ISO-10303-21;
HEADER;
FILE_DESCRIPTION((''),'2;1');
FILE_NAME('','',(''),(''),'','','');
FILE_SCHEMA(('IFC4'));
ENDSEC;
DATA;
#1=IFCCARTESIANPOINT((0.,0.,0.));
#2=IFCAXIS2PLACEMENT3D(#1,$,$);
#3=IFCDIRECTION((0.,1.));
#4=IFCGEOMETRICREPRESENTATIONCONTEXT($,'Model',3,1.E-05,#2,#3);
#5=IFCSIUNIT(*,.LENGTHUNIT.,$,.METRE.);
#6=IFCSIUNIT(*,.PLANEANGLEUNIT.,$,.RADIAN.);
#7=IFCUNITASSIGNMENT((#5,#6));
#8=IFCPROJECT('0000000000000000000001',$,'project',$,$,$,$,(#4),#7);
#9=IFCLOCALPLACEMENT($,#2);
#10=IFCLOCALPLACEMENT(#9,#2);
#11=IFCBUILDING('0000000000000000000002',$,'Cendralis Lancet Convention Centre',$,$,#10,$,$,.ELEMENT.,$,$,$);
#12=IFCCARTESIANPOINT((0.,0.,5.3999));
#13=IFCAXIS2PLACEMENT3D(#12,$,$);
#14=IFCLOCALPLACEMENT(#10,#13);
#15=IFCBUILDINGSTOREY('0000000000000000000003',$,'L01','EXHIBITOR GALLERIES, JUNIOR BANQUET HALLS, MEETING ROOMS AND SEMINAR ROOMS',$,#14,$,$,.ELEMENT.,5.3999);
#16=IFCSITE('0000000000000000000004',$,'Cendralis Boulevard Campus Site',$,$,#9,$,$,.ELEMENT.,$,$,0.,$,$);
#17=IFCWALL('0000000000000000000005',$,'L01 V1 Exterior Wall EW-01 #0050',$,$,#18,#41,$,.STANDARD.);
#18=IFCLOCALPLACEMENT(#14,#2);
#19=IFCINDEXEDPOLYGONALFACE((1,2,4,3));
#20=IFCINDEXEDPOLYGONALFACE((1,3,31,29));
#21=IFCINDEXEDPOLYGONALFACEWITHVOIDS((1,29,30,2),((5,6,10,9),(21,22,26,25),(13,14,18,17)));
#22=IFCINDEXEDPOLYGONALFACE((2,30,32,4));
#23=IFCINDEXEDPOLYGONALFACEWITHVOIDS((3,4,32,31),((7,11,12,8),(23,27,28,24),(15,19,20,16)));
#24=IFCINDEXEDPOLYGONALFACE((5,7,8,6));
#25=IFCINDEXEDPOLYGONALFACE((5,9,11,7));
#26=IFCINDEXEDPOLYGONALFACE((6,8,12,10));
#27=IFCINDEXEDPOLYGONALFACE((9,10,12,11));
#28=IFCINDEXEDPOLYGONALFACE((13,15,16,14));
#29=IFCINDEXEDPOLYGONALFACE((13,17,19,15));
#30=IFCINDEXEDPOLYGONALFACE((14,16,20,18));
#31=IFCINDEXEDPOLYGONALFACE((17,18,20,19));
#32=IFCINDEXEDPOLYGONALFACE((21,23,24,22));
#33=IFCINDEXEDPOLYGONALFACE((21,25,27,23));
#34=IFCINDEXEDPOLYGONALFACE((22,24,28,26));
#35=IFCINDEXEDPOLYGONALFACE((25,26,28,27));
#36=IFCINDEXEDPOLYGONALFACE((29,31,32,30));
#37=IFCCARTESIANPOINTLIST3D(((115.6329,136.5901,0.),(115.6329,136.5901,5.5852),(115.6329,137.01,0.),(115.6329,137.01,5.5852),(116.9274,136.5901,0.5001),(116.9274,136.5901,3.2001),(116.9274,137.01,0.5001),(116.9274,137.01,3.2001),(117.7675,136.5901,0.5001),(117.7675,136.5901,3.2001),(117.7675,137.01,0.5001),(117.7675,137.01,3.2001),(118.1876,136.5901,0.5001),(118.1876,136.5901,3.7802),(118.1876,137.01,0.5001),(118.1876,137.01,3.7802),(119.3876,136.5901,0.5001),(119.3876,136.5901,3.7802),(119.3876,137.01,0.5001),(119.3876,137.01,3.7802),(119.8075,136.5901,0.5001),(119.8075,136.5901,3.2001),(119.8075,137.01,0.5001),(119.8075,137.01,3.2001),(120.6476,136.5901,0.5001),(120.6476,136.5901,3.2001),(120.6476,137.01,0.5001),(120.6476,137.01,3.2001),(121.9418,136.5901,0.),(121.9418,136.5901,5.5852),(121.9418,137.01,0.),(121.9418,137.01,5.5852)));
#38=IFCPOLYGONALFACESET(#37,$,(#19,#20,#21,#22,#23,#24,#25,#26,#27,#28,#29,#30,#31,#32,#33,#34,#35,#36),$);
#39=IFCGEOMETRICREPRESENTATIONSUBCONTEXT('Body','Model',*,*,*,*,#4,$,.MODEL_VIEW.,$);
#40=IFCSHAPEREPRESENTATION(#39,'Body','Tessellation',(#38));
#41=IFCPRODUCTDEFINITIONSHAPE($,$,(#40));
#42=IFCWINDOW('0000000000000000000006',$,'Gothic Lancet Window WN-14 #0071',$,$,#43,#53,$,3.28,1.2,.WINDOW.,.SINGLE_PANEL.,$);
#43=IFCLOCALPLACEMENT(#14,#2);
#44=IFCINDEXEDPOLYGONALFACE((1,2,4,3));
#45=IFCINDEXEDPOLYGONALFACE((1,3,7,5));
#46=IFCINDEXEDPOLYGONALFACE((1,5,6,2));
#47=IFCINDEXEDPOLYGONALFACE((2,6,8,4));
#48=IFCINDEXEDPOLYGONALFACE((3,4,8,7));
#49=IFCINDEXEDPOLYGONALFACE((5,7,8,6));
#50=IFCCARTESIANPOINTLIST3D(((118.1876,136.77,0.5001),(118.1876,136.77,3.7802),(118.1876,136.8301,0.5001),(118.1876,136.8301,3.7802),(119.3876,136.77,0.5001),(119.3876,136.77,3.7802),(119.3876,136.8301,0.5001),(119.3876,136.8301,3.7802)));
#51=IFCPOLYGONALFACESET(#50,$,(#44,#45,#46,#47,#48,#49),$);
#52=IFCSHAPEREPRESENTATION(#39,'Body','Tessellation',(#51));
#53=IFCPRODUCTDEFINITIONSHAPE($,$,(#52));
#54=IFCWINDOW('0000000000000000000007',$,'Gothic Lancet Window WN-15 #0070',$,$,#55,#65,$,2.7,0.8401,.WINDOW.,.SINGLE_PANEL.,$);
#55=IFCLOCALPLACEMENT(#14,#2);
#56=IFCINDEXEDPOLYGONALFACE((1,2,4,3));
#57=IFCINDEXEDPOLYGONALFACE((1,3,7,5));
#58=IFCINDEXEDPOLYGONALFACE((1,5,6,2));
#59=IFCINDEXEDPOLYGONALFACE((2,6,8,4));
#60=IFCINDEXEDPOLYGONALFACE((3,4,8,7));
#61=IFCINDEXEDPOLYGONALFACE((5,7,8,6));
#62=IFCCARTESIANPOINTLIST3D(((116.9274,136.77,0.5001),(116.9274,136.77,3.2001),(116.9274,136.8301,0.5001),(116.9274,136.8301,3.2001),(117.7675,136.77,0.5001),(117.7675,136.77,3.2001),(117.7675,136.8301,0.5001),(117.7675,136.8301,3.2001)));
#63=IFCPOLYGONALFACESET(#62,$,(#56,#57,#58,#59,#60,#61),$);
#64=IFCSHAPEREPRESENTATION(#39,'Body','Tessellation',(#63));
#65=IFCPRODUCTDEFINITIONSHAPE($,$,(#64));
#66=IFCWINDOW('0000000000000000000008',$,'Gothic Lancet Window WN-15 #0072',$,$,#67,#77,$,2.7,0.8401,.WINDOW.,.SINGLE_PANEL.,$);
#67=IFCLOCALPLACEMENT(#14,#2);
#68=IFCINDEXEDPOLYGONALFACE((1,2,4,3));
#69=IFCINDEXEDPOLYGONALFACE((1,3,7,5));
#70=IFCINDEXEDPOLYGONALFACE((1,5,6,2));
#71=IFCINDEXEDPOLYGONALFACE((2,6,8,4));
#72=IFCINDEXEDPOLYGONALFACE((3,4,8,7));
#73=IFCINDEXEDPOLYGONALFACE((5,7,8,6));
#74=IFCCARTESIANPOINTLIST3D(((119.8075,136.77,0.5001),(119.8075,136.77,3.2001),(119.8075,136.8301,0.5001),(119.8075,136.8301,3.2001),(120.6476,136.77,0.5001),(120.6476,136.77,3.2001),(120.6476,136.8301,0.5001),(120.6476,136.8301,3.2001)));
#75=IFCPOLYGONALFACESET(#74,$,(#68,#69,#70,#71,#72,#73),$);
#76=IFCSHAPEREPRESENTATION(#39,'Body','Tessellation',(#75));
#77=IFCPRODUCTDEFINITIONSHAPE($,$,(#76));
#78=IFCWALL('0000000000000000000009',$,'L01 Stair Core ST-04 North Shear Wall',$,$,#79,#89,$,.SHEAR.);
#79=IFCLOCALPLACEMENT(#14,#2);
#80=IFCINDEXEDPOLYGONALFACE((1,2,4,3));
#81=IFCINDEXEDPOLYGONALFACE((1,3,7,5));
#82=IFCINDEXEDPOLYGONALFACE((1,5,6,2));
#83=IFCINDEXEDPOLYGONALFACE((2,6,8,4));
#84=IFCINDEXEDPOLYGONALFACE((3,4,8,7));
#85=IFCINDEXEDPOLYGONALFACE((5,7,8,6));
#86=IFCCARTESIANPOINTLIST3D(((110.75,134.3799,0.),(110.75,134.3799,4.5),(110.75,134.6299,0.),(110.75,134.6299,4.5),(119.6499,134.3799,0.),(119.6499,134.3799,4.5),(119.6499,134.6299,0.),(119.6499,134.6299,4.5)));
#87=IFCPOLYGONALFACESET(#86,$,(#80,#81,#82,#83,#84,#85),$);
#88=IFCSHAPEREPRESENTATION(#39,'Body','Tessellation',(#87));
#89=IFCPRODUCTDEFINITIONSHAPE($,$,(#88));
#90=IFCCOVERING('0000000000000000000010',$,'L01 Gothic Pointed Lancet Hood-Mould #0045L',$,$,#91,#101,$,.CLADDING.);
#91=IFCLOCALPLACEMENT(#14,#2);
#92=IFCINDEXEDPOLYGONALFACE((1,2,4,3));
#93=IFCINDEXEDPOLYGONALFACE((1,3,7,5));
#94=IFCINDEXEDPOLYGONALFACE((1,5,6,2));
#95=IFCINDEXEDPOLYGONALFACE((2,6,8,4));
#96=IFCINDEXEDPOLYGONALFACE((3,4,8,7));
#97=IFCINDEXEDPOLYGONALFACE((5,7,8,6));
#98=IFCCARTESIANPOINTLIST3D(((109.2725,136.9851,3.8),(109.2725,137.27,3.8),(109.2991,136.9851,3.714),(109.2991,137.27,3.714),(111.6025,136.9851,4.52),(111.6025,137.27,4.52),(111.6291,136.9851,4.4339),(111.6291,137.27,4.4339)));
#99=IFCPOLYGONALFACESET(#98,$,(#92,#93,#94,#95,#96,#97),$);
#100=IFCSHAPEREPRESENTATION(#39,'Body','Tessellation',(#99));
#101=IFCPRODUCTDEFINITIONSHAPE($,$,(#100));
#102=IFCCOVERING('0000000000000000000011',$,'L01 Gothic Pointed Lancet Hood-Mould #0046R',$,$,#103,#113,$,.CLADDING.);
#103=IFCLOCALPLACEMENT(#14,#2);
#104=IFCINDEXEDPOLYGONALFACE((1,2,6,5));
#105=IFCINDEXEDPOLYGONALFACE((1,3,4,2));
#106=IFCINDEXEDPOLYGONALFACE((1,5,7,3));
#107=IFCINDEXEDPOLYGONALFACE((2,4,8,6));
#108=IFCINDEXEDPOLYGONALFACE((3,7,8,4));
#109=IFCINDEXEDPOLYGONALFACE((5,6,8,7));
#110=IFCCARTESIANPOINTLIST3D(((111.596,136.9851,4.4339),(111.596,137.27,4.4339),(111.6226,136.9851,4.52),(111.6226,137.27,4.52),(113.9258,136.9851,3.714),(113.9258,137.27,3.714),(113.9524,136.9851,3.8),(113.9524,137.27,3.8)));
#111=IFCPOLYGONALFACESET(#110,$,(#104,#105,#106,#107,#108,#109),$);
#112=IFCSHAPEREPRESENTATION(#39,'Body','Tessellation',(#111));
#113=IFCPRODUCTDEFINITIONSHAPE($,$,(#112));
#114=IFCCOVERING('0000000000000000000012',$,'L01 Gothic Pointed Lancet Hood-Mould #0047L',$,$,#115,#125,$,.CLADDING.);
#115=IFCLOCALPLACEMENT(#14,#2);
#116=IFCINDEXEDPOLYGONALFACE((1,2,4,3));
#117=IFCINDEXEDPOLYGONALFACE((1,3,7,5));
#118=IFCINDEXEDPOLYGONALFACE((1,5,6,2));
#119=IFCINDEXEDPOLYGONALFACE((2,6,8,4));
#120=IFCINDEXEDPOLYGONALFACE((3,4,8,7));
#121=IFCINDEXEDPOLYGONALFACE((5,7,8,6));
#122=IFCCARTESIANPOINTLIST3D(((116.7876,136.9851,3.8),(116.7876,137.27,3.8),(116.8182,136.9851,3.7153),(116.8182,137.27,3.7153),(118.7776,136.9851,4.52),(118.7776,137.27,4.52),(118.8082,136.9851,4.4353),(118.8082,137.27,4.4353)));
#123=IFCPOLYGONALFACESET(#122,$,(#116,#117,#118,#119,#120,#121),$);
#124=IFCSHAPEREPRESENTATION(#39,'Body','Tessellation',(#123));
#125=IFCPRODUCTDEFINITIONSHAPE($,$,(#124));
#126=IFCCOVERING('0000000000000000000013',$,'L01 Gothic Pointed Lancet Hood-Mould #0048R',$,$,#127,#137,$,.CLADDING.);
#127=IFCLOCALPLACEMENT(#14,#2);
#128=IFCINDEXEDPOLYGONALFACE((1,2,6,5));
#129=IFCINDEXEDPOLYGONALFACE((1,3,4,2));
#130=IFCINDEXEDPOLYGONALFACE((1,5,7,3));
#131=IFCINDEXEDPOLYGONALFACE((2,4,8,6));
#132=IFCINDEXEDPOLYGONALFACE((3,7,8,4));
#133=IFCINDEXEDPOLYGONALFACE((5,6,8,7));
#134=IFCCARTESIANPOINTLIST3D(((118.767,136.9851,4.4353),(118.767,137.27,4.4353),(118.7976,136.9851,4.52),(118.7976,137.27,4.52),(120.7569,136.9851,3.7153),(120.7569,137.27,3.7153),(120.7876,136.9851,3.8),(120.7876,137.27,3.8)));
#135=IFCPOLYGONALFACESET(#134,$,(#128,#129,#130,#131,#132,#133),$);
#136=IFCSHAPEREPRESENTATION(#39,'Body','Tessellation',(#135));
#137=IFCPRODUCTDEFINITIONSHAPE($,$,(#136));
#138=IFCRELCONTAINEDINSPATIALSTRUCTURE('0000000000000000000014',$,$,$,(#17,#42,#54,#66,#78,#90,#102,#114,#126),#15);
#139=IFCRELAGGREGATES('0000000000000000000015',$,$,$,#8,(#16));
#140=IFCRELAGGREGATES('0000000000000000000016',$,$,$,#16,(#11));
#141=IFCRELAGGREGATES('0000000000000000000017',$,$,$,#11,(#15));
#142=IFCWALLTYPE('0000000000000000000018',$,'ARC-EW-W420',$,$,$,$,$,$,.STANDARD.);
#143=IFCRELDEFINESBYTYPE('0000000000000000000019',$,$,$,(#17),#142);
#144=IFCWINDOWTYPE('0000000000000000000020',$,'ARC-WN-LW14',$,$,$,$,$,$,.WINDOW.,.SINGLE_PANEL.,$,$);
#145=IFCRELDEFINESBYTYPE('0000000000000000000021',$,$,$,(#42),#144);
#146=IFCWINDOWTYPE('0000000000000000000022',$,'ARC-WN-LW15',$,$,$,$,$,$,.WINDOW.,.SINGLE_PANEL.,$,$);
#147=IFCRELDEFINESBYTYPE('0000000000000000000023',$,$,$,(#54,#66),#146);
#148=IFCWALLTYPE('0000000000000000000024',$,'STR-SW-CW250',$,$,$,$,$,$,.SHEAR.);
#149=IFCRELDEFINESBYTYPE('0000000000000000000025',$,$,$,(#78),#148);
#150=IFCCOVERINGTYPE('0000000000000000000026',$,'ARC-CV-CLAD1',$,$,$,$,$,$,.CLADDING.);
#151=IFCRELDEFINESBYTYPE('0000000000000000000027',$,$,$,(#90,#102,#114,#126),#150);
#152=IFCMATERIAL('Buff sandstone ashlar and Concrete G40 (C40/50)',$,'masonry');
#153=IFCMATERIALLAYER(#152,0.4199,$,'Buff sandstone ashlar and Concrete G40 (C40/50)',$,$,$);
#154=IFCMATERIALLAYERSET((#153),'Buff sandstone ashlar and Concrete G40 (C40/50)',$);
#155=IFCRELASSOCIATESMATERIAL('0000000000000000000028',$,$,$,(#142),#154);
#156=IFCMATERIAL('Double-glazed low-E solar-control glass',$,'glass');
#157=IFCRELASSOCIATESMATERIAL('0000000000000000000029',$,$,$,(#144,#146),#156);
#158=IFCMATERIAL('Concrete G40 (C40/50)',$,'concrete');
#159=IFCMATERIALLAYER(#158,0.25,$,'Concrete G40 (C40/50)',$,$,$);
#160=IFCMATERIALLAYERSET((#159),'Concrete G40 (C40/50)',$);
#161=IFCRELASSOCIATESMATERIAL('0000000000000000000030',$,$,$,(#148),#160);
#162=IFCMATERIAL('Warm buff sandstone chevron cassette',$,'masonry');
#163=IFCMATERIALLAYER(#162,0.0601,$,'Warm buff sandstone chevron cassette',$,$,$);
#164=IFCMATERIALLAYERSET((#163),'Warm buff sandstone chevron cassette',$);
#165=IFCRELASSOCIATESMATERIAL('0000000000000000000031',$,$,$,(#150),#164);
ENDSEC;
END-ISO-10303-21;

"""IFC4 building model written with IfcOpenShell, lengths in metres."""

from ifc_helpers import new_model, si_unit, direction, frame, frame_2d, origin, place, context, subcontext, project, spatial, polyline, rectangle, outline, extrude, material, layer, layer_set, type_object, element, fill, save


model = new_model("IFC4")

# Units and contexts
model_context = context("Model", 3, precision=1e-05, world=origin(), true_north=direction((0.0, 1.0)))
body_context = subcontext(model_context, "Body", "Model", "MODEL_VIEW")
ifc_project = project(units=[si_unit("LENGTHUNIT", "METRE"), si_unit("PLANEANGLEUNIT", "RADIAN")], contexts=[model_context])

# Site, building, storey
site_placement = place(None, origin())
site = spatial("IfcSite", under=ifc_project, at=site_placement, Name="Cendralis Boulevard Campus Site", CompositionType="ELEMENT", RefElevation=0.0)
building_placement = place(site_placement, origin())
building = spatial("IfcBuilding", under=site, at=building_placement, Name="Cendralis Lancet Convention Centre", CompositionType="ELEMENT")
storey_placement = place(building_placement, frame((0.0, 0.0, 5.3999)))
storey = spatial("IfcBuildingStorey", under=building, at=storey_placement, Name="L01", Description="EXHIBITOR GALLERIES, JUNIOR BANQUET HALLS, MEETING ROOMS AND SEMINAR ROOMS", CompositionType="ELEMENT", Elevation=5.3999)

# Shared definitions
ifc_material_1 = material(Name="Concrete G40 (C40/50)", Category="concrete")

# Wall, openings, windows
ifc_material_2 = material(Name="Buff sandstone ashlar and Concrete G40 (C40/50)", Category="masonry")
ifc_layer_1 = layer(ifc_material_2, 0.4199, Name="Buff sandstone ashlar and Concrete G40 (C40/50)")
ifc_layer_set_1 = layer_set([ifc_layer_1], Name="Buff sandstone ashlar and Concrete G40 (C40/50)")
wall_type_1 = type_object("IfcWallType", Name="ARC-EW-W420", PredefinedType="STANDARD", material=ifc_layer_set_1)
ifc_material_3 = material(Name="Double-glazed low-E solar-control glass", Category="glass")
window_type_1 = type_object("IfcWindowType", Name="ARC-WN-LW14", PartitioningType="SINGLE_PANEL", PredefinedType="WINDOW", material=ifc_material_3)
wall_1_placement = place(storey_placement, frame((115.6331, 136.8, 0.0), z_axis=(0.0, 0.0, 1.0), x_axis=(1.0, 0.0, 0.0)))
wall_1 = element("IfcWall", 1, at=wall_1_placement, inside=storey, type_object=wall_type_1, Name="L01 V1 Exterior Wall EW-01 #0050", PredefinedType="STANDARD", context=body_context, shape_type="SweptSolid", body=[
    extrude(rectangle(XDim=6.3088, YDim=0.4199, at=frame_2d((3.1543, 0.0))), origin(), (0.0, 0.0, 1.0), 5.5852),
])
opening_1_placement = place(wall_1_placement, frame((1.2944, 0.0, 0.5)))
opening_1 = element("IfcOpeningElement", 2, at=opening_1_placement, cuts=wall_1, PredefinedType="OPENING", context=body_context, shape_type="SweptSolid", body=[
    extrude(rectangle(XDim=0.8401, YDim=2.7, at=frame_2d((0.4199, 1.3501))), frame((0.0, 0.22, 0.0), z_axis=(0.0, -1.0, 0.0), x_axis=(1.0, 0.0, 0.0)), (0.0, 0.0, 1.0), 0.4399),
])
opening_2_placement = place(wall_1_placement, frame((2.5544, 0.0, 0.5)))
opening_2 = element("IfcOpeningElement", 3, at=opening_2_placement, cuts=wall_1, PredefinedType="OPENING", context=body_context, shape_type="SweptSolid", body=[
    extrude(rectangle(XDim=1.2, YDim=3.28, at=frame_2d((0.6001, 1.6401))), frame((0.0, 0.22, 0.0), z_axis=(0.0, -1.0, 0.0), x_axis=(1.0, 0.0, 0.0)), (0.0, 0.0, 1.0), 0.4399),
])
opening_3_placement = place(wall_1_placement, frame((4.1746, 0.0, 0.5)))
opening_3 = element("IfcOpeningElement", 4, at=opening_3_placement, cuts=wall_1, PredefinedType="OPENING", context=body_context, shape_type="SweptSolid", body=[
    extrude(rectangle(XDim=0.8401, YDim=2.7, at=frame_2d((0.4199, 1.3501))), frame((0.0, 0.22, 0.0), z_axis=(0.0, -1.0, 0.0), x_axis=(1.0, 0.0, 0.0)), (0.0, 0.0, 1.0), 0.4399),
])
window_1_placement = place(opening_2_placement, origin())
window_1 = element("IfcWindow", 5, at=window_1_placement, inside=storey, type_object=window_type_1, Name="Gothic Lancet Window WN-14 #0071", OverallHeight=3.28, OverallWidth=1.2, PartitioningType="SINGLE_PANEL", PredefinedType="WINDOW", context=body_context, shape_type="SweptSolid", body=[
    extrude(rectangle(XDim=1.2, YDim=3.28, at=frame_2d((0.6001, 1.6401))), frame((0.0, 0.03, 0.0), z_axis=(0.0, -1.0, 0.0), x_axis=(1.0, 0.0, 0.0)), (0.0, 0.0, 1.0), 0.0601),
])
fill(opening_2, window_1)
window_type_2 = type_object("IfcWindowType", Name="ARC-WN-LW15", PartitioningType="SINGLE_PANEL", PredefinedType="WINDOW", material=ifc_material_3)
window_2_placement = place(opening_1_placement, origin())
window_2 = element("IfcWindow", 6, at=window_2_placement, inside=storey, type_object=window_type_2, Name="Gothic Lancet Window WN-15 #0070", OverallHeight=2.7, OverallWidth=0.8401, PartitioningType="SINGLE_PANEL", PredefinedType="WINDOW", context=body_context, shape_type="SweptSolid", body=[
    extrude(rectangle(XDim=0.8401, YDim=2.7, at=frame_2d((0.4199, 1.3501))), frame((0.0, 0.03, 0.0), z_axis=(0.0, -1.0, 0.0), x_axis=(1.0, 0.0, 0.0)), (0.0, 0.0, 1.0), 0.0601),
])
fill(opening_1, window_2)
window_3_placement = place(opening_3_placement, origin())
window_3 = element("IfcWindow", 7, at=window_3_placement, inside=storey, type_object=window_type_2, Name="Gothic Lancet Window WN-15 #0072", OverallHeight=2.7, OverallWidth=0.8401, PartitioningType="SINGLE_PANEL", PredefinedType="WINDOW", context=body_context, shape_type="SweptSolid", body=[
    extrude(rectangle(XDim=0.8401, YDim=2.7, at=frame_2d((0.4199, 1.3501))), frame((0.0, 0.03, 0.0), z_axis=(0.0, -1.0, 0.0), x_axis=(1.0, 0.0, 0.0)), (0.0, 0.0, 1.0), 0.0601),
])
fill(opening_3, window_3)

# Wall
ifc_layer_2 = layer(ifc_material_1, 0.25, Name="Concrete G40 (C40/50)")
ifc_layer_set_2 = layer_set([ifc_layer_2], Name="Concrete G40 (C40/50)")
wall_type_2 = type_object("IfcWallType", Name="STR-SW-CW250", PredefinedType="SHEAR", material=ifc_layer_set_2)
wall_2_placement = place(storey_placement, frame((110.75, 134.5049, 0.0), z_axis=(0.0, 0.0, 1.0), x_axis=(1.0, 0.0, 0.0)))
element("IfcWall", 8, at=wall_2_placement, inside=storey, type_object=wall_type_2, Name="L01 Stair Core ST-04 North Shear Wall", PredefinedType="SHEAR", context=body_context, shape_type="SweptSolid", body=[
    extrude(rectangle(XDim=8.8999, YDim=0.25, at=frame_2d((4.45, 0.0))), origin(), (0.0, 0.0, 1.0), 4.5),
])

# Coverings
ifc_material_4 = material(Name="Warm buff sandstone chevron cassette", Category="masonry")
ifc_layer_3 = layer(ifc_material_4, 0.0601, Name="Warm buff sandstone chevron cassette")
ifc_layer_set_3 = layer_set([ifc_layer_3], Name="Warm buff sandstone chevron cassette")
covering_type = type_object("IfcCoveringType", Name="ARC-CV-CLAD1", PredefinedType="CLADDING", material=ifc_layer_set_3)
covering_1_placement = place(storey_placement, frame((109.2725, 137.27, 3.8), z_axis=(-0.295218, 0.0, 0.95543), x_axis=(0.0, -1.0, 0.0)))
element("IfcCovering", 9, at=covering_1_placement, inside=storey, type_object=covering_type, Name="L01 Gothic Pointed Lancet Hood-Mould #0045L", PredefinedType="CLADDING", context=body_context, shape_type="SweptSolid", body=[
    extrude(outline(polyline([(0.0, 0.0), (0.2849, 0.0), (0.2849, 2.4388), (0.0, 2.4388), (0.0, 0.0)])), origin(), (0.0, 0.0, -1.0), 0.0901),
])
covering_2_placement = place(storey_placement, frame((111.6226, 137.27, 4.52), z_axis=(0.295246, 0.0, 0.955421), x_axis=(0.0, -1.0, 0.0)))
element("IfcCovering", 10, at=covering_2_placement, inside=storey, type_object=covering_type, Name="L01 Gothic Pointed Lancet Hood-Mould #0046R", PredefinedType="CLADDING", context=body_context, shape_type="SweptSolid", body=[
    extrude(outline(polyline([(0.0, 0.0), (0.2849, 0.0), (0.2849, 2.4385), (0.0, 2.4385), (0.0, 0.0)])), origin(), (0.0, 0.0, -1.0), 0.0901),
])
for number, where, z_axis, x_axis, name in (
    (11, (116.7876, 137.27, 3.8), (-0.340214, 0.0, 0.940348), (0.0, -1.0, 0.0), "L01 Gothic Pointed Lancet Hood-Mould #0047L"),
    (12, (118.7976, 137.27, 4.52), (0.340214, 0.0, 0.940348), (0.0, -1.0, 0.0), "L01 Gothic Pointed Lancet Hood-Mould #0048R"),
):
    element("IfcCovering", number, at=place(storey_placement, frame(where, z_axis=z_axis, x_axis=x_axis)), inside=storey, type_object=covering_type, Name=name, PredefinedType="CLADDING", context=body_context, shape_type="SweptSolid", body=[
        extrude(outline(polyline([(0.0, 0.0), (0.2849, 0.0), (0.2849, 2.1162), (0.0, 2.1162), (0.0, 0.0)])), origin(), (0.0, 0.0, -1.0), 0.0901),
    ])

save(model, "model.ifc")
